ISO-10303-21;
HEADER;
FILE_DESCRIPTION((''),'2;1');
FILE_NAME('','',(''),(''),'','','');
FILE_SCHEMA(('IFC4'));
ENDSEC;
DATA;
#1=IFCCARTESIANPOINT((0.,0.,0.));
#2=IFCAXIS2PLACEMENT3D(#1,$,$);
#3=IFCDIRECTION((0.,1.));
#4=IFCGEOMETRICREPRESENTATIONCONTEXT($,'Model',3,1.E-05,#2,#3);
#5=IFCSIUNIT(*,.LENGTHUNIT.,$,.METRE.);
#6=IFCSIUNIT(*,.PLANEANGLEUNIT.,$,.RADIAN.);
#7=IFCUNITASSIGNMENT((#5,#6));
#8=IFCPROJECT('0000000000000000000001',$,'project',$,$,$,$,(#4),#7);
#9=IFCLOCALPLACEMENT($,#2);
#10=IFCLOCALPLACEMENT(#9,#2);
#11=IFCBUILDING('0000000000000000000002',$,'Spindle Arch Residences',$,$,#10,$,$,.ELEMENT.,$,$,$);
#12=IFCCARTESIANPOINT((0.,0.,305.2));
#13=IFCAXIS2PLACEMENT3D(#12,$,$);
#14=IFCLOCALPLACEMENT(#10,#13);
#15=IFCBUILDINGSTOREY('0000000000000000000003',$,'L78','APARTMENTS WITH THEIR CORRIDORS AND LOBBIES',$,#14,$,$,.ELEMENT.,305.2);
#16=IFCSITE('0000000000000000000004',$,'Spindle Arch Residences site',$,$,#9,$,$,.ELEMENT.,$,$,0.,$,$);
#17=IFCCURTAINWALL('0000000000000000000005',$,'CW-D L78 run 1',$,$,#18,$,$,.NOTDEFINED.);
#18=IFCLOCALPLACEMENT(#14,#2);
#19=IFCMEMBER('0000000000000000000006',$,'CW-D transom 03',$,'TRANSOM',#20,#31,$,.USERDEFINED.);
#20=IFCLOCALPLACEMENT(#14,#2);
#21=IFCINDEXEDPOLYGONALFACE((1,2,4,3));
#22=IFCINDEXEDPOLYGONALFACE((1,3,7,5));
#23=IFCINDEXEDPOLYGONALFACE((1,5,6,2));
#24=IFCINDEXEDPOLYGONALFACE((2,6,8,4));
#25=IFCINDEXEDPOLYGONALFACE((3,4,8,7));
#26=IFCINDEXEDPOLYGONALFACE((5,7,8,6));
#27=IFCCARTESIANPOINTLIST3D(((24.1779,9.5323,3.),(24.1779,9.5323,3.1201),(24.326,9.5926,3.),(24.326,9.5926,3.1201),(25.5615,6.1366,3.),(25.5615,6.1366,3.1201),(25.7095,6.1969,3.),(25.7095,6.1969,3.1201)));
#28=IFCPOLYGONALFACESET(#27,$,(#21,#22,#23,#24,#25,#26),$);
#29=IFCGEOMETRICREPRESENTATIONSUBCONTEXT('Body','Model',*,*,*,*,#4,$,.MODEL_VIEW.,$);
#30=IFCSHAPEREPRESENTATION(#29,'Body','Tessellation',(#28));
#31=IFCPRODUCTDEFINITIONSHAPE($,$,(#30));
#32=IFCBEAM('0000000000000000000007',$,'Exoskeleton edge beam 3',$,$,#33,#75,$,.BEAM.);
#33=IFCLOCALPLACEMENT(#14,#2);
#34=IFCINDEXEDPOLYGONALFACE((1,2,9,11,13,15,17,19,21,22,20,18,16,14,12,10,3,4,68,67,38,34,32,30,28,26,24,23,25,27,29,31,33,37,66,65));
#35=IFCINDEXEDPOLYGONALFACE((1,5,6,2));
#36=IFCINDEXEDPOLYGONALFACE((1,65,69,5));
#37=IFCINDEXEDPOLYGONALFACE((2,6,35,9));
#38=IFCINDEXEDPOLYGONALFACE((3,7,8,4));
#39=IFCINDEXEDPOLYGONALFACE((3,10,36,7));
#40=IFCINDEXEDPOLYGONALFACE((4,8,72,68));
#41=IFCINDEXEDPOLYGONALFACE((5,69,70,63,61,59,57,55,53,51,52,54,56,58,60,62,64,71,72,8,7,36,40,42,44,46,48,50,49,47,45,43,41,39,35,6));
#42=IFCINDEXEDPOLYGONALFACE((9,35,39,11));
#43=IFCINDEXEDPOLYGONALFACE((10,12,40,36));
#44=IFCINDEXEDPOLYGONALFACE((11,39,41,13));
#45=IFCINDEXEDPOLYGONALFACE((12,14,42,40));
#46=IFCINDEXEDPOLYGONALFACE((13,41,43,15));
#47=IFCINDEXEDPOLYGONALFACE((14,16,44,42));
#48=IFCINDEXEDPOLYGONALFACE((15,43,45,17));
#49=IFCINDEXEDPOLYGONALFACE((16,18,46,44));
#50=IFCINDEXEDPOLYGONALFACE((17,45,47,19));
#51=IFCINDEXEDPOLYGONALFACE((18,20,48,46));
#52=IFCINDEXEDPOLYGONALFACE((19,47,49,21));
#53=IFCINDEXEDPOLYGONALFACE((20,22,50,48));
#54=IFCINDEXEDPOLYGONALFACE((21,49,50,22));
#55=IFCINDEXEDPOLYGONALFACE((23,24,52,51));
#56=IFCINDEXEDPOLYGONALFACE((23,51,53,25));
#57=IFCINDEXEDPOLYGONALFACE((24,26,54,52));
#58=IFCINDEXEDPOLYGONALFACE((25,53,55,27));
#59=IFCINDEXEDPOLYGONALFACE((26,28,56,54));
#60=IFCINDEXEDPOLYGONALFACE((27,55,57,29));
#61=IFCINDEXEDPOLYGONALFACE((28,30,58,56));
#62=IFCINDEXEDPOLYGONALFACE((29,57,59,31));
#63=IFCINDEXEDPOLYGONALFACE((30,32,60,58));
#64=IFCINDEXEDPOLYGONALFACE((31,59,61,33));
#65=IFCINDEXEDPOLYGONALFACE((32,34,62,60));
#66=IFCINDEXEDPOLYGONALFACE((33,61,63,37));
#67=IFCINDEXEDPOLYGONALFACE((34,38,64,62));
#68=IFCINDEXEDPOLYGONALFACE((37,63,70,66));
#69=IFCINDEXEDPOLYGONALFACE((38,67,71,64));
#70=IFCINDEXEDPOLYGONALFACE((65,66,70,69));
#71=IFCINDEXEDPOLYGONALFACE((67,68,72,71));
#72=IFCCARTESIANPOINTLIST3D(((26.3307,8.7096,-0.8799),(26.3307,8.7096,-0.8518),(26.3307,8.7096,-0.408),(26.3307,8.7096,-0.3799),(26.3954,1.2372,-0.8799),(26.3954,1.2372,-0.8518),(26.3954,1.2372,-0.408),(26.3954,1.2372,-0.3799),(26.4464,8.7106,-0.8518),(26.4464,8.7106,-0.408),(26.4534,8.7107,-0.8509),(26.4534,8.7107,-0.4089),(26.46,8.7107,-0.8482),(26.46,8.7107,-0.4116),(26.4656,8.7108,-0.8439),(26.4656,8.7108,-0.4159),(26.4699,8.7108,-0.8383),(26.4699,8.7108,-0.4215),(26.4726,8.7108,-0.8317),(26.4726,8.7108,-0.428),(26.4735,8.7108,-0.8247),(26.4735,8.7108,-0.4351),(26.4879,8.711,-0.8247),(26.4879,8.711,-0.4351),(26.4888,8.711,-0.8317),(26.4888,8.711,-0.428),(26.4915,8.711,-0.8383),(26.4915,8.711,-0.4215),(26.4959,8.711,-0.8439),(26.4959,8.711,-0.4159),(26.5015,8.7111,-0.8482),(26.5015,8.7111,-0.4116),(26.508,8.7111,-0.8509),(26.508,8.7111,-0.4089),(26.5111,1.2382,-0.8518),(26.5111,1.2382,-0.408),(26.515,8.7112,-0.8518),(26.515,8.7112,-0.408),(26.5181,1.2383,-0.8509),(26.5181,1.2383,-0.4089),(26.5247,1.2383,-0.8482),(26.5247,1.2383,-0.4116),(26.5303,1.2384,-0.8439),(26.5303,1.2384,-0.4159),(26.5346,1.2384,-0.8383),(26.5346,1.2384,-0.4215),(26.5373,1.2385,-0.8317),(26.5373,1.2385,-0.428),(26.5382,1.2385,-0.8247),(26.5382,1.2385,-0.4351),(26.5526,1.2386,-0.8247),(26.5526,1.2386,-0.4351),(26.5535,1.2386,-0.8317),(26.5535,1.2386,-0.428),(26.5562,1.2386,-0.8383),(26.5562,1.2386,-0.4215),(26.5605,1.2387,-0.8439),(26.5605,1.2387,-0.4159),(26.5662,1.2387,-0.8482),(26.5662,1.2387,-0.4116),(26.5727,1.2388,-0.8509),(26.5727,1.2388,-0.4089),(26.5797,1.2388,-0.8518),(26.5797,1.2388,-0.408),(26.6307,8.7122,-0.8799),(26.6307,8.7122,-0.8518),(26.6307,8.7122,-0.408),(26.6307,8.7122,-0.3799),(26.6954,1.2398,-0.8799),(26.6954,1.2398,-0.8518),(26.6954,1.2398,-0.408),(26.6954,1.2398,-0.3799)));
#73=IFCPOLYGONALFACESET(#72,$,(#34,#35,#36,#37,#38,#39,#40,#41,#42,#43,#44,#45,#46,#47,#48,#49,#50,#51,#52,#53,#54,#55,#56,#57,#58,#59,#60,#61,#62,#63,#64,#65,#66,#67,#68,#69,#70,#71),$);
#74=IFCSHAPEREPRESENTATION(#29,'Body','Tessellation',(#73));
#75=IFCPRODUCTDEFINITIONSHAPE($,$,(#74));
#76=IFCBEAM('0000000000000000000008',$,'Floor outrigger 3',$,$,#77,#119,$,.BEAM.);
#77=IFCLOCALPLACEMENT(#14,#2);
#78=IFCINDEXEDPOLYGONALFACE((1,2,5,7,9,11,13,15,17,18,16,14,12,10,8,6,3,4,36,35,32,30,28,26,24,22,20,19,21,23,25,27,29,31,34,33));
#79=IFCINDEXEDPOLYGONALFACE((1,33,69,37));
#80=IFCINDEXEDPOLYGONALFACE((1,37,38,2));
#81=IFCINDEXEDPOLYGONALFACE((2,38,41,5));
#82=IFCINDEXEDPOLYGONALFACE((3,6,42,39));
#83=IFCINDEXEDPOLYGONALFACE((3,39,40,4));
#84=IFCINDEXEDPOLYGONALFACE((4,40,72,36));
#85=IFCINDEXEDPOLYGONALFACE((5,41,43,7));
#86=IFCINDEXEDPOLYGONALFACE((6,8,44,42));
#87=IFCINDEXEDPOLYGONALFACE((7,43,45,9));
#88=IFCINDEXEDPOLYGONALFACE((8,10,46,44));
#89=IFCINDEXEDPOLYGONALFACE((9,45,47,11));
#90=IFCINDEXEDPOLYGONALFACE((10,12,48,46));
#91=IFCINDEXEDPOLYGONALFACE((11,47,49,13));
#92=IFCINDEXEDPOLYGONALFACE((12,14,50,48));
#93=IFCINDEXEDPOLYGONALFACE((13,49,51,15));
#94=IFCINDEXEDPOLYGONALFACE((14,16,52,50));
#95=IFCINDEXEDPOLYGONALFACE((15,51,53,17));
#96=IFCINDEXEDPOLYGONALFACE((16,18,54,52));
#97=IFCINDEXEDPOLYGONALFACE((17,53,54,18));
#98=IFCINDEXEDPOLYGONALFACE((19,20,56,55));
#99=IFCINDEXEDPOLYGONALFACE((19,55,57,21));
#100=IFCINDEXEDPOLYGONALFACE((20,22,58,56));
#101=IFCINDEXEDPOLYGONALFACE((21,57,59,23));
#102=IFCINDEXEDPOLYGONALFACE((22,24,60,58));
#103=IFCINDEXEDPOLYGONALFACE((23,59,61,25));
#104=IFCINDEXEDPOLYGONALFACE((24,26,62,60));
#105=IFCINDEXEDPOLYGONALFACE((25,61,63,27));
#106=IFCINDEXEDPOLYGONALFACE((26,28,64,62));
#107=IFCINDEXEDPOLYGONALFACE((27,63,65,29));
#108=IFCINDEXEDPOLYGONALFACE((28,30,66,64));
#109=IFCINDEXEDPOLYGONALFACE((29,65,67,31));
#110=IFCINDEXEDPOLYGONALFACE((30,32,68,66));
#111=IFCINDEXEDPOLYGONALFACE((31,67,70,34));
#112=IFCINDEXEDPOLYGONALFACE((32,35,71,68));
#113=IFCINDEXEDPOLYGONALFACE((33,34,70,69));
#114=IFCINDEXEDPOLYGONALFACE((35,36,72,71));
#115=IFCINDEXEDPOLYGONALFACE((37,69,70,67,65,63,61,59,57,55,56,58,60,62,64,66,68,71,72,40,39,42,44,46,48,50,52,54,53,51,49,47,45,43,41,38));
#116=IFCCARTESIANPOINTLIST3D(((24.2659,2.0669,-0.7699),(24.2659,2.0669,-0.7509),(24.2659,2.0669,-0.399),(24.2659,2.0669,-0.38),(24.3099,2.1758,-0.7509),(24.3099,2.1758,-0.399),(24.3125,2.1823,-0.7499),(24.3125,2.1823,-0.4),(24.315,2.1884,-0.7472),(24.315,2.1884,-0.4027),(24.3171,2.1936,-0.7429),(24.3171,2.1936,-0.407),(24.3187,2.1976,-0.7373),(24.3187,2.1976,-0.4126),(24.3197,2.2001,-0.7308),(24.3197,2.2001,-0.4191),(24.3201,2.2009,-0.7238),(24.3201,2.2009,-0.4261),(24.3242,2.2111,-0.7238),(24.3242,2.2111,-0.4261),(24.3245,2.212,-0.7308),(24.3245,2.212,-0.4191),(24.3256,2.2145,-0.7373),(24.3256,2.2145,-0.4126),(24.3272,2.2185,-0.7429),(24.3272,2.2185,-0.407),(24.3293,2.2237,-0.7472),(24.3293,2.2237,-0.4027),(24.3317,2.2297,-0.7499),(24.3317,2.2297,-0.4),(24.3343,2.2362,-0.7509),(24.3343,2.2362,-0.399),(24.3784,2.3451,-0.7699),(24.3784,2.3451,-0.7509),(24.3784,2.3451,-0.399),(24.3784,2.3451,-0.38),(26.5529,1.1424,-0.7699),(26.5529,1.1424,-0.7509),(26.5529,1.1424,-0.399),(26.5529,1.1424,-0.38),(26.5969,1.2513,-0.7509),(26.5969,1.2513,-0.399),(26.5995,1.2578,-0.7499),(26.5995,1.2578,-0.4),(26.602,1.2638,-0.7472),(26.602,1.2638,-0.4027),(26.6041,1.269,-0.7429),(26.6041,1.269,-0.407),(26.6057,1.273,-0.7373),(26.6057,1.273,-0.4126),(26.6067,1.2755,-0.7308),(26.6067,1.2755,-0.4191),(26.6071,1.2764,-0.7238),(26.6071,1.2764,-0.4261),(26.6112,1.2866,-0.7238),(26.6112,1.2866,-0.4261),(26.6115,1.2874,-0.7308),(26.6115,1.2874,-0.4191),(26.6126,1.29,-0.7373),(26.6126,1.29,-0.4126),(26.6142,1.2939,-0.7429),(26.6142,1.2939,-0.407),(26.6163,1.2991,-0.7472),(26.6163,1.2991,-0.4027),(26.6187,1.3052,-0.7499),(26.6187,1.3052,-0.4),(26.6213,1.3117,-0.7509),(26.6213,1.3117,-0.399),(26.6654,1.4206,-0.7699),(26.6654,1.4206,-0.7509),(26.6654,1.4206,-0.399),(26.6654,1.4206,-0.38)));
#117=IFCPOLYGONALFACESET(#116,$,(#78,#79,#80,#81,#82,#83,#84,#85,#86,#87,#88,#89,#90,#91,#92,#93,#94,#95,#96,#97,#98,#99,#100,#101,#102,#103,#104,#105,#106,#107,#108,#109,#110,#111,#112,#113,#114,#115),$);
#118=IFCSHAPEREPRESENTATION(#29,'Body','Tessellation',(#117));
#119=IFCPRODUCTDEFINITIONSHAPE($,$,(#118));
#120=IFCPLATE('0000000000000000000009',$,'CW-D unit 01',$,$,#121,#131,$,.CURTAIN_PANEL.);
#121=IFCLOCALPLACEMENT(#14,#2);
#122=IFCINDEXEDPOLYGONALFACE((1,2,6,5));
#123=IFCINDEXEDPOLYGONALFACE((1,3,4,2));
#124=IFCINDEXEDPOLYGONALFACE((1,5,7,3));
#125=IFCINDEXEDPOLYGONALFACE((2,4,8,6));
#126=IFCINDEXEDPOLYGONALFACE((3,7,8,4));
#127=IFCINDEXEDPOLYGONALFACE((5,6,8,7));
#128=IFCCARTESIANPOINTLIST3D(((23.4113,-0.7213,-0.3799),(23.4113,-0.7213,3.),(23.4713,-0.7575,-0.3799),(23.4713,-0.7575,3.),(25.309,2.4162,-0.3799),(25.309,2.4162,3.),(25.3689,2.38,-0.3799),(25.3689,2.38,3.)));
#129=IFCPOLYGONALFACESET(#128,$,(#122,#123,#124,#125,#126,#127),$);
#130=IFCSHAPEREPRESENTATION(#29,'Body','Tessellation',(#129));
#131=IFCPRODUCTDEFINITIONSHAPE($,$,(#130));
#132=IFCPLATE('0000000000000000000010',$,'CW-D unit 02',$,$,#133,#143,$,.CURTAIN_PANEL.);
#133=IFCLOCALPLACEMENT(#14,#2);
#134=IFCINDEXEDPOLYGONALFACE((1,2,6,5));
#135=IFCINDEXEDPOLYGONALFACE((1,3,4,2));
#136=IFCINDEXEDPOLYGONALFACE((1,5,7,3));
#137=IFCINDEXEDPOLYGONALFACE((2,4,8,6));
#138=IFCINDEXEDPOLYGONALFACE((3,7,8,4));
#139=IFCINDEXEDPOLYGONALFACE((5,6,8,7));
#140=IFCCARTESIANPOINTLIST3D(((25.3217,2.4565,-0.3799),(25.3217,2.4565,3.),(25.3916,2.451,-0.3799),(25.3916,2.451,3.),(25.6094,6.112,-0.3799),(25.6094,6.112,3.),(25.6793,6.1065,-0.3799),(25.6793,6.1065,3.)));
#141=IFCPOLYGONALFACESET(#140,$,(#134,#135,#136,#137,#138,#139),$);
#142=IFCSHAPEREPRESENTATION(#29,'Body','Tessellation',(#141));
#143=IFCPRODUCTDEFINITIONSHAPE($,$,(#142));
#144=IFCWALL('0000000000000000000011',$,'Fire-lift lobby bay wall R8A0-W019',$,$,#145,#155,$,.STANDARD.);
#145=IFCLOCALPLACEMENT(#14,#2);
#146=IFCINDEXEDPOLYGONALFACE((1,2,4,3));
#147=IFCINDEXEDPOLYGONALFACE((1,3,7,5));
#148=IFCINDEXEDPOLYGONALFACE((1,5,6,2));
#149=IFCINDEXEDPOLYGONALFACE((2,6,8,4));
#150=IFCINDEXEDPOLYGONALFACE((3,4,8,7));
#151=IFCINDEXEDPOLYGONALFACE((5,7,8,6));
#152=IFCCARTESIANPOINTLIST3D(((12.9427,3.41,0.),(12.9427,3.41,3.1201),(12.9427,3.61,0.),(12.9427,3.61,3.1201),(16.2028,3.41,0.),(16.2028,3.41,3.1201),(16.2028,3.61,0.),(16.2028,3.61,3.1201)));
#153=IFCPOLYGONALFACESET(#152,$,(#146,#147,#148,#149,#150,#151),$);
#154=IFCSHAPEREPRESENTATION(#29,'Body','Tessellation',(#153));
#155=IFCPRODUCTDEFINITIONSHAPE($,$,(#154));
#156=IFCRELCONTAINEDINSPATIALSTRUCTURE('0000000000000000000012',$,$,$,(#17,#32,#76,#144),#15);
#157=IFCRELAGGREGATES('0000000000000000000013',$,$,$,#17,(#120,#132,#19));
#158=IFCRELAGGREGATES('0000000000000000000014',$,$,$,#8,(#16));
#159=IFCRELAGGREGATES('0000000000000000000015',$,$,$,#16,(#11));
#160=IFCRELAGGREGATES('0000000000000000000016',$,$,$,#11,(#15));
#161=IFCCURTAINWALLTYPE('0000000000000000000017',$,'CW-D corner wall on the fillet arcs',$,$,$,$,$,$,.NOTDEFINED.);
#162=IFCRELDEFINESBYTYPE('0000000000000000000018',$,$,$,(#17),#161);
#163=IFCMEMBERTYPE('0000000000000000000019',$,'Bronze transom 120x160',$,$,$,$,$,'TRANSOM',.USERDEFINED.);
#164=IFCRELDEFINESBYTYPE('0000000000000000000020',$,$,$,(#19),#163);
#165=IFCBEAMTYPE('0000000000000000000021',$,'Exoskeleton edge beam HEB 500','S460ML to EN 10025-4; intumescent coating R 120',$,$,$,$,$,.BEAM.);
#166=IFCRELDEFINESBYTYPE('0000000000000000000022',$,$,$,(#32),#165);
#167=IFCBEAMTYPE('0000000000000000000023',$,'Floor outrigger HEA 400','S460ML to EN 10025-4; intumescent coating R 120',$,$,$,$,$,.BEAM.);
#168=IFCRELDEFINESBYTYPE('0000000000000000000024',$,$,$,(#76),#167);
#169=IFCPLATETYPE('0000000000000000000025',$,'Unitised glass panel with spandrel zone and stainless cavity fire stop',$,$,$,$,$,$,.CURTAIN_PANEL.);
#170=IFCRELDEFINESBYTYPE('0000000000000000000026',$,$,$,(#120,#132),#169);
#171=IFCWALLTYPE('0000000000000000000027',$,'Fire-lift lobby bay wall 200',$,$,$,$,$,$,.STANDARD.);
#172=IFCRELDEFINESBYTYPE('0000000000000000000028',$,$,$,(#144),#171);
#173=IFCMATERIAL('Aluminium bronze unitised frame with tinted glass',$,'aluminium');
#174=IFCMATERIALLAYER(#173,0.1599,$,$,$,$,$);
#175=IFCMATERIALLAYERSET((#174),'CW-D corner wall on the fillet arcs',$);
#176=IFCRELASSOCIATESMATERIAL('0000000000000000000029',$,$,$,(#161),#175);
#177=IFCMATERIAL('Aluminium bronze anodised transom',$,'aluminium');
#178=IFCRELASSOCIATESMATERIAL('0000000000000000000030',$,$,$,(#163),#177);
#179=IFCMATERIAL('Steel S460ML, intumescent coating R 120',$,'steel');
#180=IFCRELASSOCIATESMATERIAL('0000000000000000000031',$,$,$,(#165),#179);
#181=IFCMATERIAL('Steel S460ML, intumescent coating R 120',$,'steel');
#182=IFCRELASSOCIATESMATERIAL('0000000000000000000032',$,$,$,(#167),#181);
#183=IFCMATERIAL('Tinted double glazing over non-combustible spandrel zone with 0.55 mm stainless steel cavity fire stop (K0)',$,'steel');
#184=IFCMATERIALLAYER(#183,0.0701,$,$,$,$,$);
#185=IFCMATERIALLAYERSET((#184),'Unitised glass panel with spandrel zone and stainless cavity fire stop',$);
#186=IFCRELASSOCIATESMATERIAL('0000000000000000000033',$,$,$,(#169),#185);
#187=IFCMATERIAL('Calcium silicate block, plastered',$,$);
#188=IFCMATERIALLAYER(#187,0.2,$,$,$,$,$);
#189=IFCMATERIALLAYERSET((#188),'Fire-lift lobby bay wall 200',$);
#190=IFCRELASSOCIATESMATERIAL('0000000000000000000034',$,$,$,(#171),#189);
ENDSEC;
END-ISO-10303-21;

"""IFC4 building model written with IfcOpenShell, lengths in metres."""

from ifc_helpers import new_model, si_unit, direction, frame, frame_2d, origin, origin_2d, place, context, subcontext, project, spatial, rectangle, i_section, extrude, material, layer, layer_set, material_profile, profile_set, type_object, element, aggregate, save


model = new_model("IFC4")

# Units and contexts
model_context = context("Model", 3, precision=1e-05, world=origin(), true_north=direction((0.0, 1.0)))
body_context = subcontext(model_context, "Body", "Model", "MODEL_VIEW")
ifc_project = project(units=[si_unit("LENGTHUNIT", "METRE"), si_unit("PLANEANGLEUNIT", "RADIAN")], contexts=[model_context])

# Site, building, storey
site_placement = place(None, origin())
site = spatial("IfcSite", under=ifc_project, at=site_placement, Name="Spindle Arch Residences site", CompositionType="ELEMENT", RefElevation=0.0)
building_placement = place(site_placement, origin())
building = spatial("IfcBuilding", under=site, at=building_placement, Name="Spindle Arch Residences", CompositionType="ELEMENT")
storey_placement = place(building_placement, frame((0.0, 0.0, 305.2)))
storey = spatial("IfcBuildingStorey", under=building, at=storey_placement, Name="L78", Description="APARTMENTS WITH THEIR CORRIDORS AND LOBBIES", CompositionType="ELEMENT", Elevation=305.2)

# Curtain wall, member
ifc_material_1 = material(Name="Aluminium bronze unitised frame with tinted glass", Category="aluminium")
ifc_layer_1 = layer(ifc_material_1, 0.1599)
ifc_layer_set_1 = layer_set([ifc_layer_1], Name="CW-D corner wall on the fillet arcs")
curtain_wall_type = type_object("IfcCurtainWallType", Name="CW-D corner wall on the fillet arcs", PredefinedType="NOTDEFINED", material=ifc_layer_set_1)
curtain_wall_placement = place(storey_placement, origin())
curtain_wall = element("IfcCurtainWall", 1, at=curtain_wall_placement, inside=storey, type_object=curtain_wall_type, Name="CW-D L78 run 1", PredefinedType="NOTDEFINED")
ifc_material_2 = material(Name="Aluminium bronze anodised transom", Category="aluminium")
ifc_material_profile_1 = material_profile(ifc_material_2, rectangle(XDim=0.1599, YDim=0.1201, at=origin_2d()), Name="TR 120x160")
ifc_profile_set_1 = profile_set([ifc_material_profile_1], Name="Aluminium bronze anodised transom")
member_type_1 = type_object("IfcMemberType", Name="Bronze transom 120x160", ElementType="TRANSOM", PredefinedType="USERDEFINED", material=ifc_profile_set_1)
member_1_placement = place(storey_placement, frame((25.6355, 6.1667, 3.0601), z_axis=(-0.377318, 0.926084, 0.0), x_axis=(-0.926084, -0.377318, 0.0)))
member_1 = element("IfcMember", 2, at=member_1_placement, type_object=member_type_1, Name="CW-D transom 03", ObjectType="TRANSOM", PredefinedType="USERDEFINED", context=body_context, shape_type="SweptSolid", body=[
    extrude(rectangle(XDim=0.1599, YDim=0.1201, at=origin_2d()), origin(), (0.0, 0.0, 1.0), 3.6667),
])

# Beams
ifc_material_3 = material(Name="Steel S460ML, intumescent coating R 120", Category="steel")
ifc_material_profile_2 = material_profile(ifc_material_3, i_section(OverallWidth=0.3, OverallDepth=0.5, WebThickness=0.0144, FlangeThickness=0.0281, FilletRadius=0.0271, at=origin_2d()), Name="HEB 500")
ifc_profile_set_2 = profile_set([ifc_material_profile_2], Name="Steel S460ML, intumescent coating R 120")
beam_type_1 = type_object("IfcBeamType", Name="Exoskeleton edge beam HEB 500", Description="S460ML to EN 10025-4; intumescent coating R 120", PredefinedType="BEAM", material=ifc_profile_set_2)
beam_1_placement = place(storey_placement, frame((26.5454, 1.2385, -0.6299), z_axis=(-0.008658, 0.999963, 0.0), x_axis=(-0.999963, -0.008658, 0.0)))
element("IfcBeam", 3, at=beam_1_placement, inside=storey, type_object=beam_type_1, Name="Exoskeleton edge beam 3", PredefinedType="BEAM", context=body_context, shape_type="SweptSolid", body=[
    extrude(i_section(OverallWidth=0.3, OverallDepth=0.5, WebThickness=0.0144, FlangeThickness=0.0281, FilletRadius=0.0271, at=origin_2d()), origin(), (0.0, 0.0, 1.0), 7.4727),
])
ifc_material_4 = material(Name="Steel S460ML, intumescent coating R 120", Category="steel")
ifc_material_profile_3 = material_profile(ifc_material_4, i_section(OverallWidth=0.3, OverallDepth=0.3899, WebThickness=0.011, FlangeThickness=0.019, FilletRadius=0.0271, at=origin_2d()), Name="HEA 400")
ifc_profile_set_3 = profile_set([ifc_material_profile_3], Name="Steel S460ML, intumescent coating R 120")
beam_type_2 = type_object("IfcBeamType", Name="Floor outrigger HEA 400", Description="S460ML to EN 10025-4; intumescent coating R 120", PredefinedType="BEAM", material=ifc_profile_set_3)
beam_2_placement = place(storey_placement, frame((26.6091, 1.2815, -0.575), z_axis=(-0.927112, 0.374784, 0.0), x_axis=(-0.374784, -0.927112, 0.0)))
element("IfcBeam", 4, at=beam_2_placement, inside=storey, type_object=beam_type_2, Name="Floor outrigger 3", PredefinedType="BEAM", context=body_context, shape_type="SweptSolid", body=[
    extrude(i_section(OverallWidth=0.3, OverallDepth=0.3899, WebThickness=0.011, FlangeThickness=0.019, FilletRadius=0.0271, at=origin_2d()), origin(), (0.0, 0.0, 1.0), 2.4668),
])

# Plates
ifc_material_5 = material(Name="Tinted double glazing over non-combustible spandrel zone with 0.55 mm stainless steel cavity fire stop (K0)", Category="steel")
ifc_layer_2 = layer(ifc_material_5, 0.0701)
ifc_layer_set_2 = layer_set([ifc_layer_2], Name="Unitised glass panel with spandrel zone and stainless cavity fire stop")
plate_type = type_object("IfcPlateType", Name="Unitised glass panel with spandrel zone and stainless cavity fire stop", PredefinedType="CURTAIN_PANEL", material=ifc_layer_set_2)
plate_1_placement = place(storey_placement, frame((24.3901, 0.8293, -0.3799), z_axis=(0.0, 0.0, 1.0), x_axis=(0.517529, 0.855665, 0.0)))
plate_1 = element("IfcPlate", 5, at=plate_1_placement, type_object=plate_type, Name="CW-D unit 01", PredefinedType="CURTAIN_PANEL", context=body_context, shape_type="SweptSolid", body=[
    extrude(rectangle(XDim=3.6667, YDim=0.0701, at=origin_2d()), origin(), (0.0, 0.0, 1.0), 3.3799),
])
plate_2_placement = place(storey_placement, frame((25.5005, 4.2815, -0.3799), z_axis=(0.0, 0.0, 1.0), x_axis=(0.078459, 0.996917, 0.0)))
plate_2 = element("IfcPlate", 6, at=plate_2_placement, type_object=plate_type, Name="CW-D unit 02", PredefinedType="CURTAIN_PANEL", context=body_context, shape_type="SweptSolid", body=[
    extrude(rectangle(XDim=3.6667, YDim=0.0701, at=origin_2d()), origin(), (0.0, 0.0, 1.0), 3.3799),
])
aggregate(curtain_wall, [plate_1, plate_2, member_1])

# Wall
ifc_material_6 = material(Name="Calcium silicate block, plastered")
ifc_layer_3 = layer(ifc_material_6, 0.2)
ifc_layer_set_3 = layer_set([ifc_layer_3], Name="Fire-lift lobby bay wall 200")
wall_type_1 = type_object("IfcWallType", Name="Fire-lift lobby bay wall 200", PredefinedType="STANDARD", material=ifc_layer_set_3)
wall_1_placement = place(storey_placement, frame((16.2026, 3.51, 0.0), z_axis=(0.0, 0.0, 1.0), x_axis=(-1.0, 0.0, 0.0)))
element("IfcWall", 7, at=wall_1_placement, inside=storey, type_object=wall_type_1, Name="Fire-lift lobby bay wall R8A0-W019", PredefinedType="STANDARD", context=body_context, shape_type="SweptSolid", body=[
    extrude(rectangle(XDim=3.26, YDim=0.2, at=frame_2d((1.6299, 0.0))), origin(), (0.0, 0.0, 1.0), 3.1201),
])

save(model, "model.ifc")
